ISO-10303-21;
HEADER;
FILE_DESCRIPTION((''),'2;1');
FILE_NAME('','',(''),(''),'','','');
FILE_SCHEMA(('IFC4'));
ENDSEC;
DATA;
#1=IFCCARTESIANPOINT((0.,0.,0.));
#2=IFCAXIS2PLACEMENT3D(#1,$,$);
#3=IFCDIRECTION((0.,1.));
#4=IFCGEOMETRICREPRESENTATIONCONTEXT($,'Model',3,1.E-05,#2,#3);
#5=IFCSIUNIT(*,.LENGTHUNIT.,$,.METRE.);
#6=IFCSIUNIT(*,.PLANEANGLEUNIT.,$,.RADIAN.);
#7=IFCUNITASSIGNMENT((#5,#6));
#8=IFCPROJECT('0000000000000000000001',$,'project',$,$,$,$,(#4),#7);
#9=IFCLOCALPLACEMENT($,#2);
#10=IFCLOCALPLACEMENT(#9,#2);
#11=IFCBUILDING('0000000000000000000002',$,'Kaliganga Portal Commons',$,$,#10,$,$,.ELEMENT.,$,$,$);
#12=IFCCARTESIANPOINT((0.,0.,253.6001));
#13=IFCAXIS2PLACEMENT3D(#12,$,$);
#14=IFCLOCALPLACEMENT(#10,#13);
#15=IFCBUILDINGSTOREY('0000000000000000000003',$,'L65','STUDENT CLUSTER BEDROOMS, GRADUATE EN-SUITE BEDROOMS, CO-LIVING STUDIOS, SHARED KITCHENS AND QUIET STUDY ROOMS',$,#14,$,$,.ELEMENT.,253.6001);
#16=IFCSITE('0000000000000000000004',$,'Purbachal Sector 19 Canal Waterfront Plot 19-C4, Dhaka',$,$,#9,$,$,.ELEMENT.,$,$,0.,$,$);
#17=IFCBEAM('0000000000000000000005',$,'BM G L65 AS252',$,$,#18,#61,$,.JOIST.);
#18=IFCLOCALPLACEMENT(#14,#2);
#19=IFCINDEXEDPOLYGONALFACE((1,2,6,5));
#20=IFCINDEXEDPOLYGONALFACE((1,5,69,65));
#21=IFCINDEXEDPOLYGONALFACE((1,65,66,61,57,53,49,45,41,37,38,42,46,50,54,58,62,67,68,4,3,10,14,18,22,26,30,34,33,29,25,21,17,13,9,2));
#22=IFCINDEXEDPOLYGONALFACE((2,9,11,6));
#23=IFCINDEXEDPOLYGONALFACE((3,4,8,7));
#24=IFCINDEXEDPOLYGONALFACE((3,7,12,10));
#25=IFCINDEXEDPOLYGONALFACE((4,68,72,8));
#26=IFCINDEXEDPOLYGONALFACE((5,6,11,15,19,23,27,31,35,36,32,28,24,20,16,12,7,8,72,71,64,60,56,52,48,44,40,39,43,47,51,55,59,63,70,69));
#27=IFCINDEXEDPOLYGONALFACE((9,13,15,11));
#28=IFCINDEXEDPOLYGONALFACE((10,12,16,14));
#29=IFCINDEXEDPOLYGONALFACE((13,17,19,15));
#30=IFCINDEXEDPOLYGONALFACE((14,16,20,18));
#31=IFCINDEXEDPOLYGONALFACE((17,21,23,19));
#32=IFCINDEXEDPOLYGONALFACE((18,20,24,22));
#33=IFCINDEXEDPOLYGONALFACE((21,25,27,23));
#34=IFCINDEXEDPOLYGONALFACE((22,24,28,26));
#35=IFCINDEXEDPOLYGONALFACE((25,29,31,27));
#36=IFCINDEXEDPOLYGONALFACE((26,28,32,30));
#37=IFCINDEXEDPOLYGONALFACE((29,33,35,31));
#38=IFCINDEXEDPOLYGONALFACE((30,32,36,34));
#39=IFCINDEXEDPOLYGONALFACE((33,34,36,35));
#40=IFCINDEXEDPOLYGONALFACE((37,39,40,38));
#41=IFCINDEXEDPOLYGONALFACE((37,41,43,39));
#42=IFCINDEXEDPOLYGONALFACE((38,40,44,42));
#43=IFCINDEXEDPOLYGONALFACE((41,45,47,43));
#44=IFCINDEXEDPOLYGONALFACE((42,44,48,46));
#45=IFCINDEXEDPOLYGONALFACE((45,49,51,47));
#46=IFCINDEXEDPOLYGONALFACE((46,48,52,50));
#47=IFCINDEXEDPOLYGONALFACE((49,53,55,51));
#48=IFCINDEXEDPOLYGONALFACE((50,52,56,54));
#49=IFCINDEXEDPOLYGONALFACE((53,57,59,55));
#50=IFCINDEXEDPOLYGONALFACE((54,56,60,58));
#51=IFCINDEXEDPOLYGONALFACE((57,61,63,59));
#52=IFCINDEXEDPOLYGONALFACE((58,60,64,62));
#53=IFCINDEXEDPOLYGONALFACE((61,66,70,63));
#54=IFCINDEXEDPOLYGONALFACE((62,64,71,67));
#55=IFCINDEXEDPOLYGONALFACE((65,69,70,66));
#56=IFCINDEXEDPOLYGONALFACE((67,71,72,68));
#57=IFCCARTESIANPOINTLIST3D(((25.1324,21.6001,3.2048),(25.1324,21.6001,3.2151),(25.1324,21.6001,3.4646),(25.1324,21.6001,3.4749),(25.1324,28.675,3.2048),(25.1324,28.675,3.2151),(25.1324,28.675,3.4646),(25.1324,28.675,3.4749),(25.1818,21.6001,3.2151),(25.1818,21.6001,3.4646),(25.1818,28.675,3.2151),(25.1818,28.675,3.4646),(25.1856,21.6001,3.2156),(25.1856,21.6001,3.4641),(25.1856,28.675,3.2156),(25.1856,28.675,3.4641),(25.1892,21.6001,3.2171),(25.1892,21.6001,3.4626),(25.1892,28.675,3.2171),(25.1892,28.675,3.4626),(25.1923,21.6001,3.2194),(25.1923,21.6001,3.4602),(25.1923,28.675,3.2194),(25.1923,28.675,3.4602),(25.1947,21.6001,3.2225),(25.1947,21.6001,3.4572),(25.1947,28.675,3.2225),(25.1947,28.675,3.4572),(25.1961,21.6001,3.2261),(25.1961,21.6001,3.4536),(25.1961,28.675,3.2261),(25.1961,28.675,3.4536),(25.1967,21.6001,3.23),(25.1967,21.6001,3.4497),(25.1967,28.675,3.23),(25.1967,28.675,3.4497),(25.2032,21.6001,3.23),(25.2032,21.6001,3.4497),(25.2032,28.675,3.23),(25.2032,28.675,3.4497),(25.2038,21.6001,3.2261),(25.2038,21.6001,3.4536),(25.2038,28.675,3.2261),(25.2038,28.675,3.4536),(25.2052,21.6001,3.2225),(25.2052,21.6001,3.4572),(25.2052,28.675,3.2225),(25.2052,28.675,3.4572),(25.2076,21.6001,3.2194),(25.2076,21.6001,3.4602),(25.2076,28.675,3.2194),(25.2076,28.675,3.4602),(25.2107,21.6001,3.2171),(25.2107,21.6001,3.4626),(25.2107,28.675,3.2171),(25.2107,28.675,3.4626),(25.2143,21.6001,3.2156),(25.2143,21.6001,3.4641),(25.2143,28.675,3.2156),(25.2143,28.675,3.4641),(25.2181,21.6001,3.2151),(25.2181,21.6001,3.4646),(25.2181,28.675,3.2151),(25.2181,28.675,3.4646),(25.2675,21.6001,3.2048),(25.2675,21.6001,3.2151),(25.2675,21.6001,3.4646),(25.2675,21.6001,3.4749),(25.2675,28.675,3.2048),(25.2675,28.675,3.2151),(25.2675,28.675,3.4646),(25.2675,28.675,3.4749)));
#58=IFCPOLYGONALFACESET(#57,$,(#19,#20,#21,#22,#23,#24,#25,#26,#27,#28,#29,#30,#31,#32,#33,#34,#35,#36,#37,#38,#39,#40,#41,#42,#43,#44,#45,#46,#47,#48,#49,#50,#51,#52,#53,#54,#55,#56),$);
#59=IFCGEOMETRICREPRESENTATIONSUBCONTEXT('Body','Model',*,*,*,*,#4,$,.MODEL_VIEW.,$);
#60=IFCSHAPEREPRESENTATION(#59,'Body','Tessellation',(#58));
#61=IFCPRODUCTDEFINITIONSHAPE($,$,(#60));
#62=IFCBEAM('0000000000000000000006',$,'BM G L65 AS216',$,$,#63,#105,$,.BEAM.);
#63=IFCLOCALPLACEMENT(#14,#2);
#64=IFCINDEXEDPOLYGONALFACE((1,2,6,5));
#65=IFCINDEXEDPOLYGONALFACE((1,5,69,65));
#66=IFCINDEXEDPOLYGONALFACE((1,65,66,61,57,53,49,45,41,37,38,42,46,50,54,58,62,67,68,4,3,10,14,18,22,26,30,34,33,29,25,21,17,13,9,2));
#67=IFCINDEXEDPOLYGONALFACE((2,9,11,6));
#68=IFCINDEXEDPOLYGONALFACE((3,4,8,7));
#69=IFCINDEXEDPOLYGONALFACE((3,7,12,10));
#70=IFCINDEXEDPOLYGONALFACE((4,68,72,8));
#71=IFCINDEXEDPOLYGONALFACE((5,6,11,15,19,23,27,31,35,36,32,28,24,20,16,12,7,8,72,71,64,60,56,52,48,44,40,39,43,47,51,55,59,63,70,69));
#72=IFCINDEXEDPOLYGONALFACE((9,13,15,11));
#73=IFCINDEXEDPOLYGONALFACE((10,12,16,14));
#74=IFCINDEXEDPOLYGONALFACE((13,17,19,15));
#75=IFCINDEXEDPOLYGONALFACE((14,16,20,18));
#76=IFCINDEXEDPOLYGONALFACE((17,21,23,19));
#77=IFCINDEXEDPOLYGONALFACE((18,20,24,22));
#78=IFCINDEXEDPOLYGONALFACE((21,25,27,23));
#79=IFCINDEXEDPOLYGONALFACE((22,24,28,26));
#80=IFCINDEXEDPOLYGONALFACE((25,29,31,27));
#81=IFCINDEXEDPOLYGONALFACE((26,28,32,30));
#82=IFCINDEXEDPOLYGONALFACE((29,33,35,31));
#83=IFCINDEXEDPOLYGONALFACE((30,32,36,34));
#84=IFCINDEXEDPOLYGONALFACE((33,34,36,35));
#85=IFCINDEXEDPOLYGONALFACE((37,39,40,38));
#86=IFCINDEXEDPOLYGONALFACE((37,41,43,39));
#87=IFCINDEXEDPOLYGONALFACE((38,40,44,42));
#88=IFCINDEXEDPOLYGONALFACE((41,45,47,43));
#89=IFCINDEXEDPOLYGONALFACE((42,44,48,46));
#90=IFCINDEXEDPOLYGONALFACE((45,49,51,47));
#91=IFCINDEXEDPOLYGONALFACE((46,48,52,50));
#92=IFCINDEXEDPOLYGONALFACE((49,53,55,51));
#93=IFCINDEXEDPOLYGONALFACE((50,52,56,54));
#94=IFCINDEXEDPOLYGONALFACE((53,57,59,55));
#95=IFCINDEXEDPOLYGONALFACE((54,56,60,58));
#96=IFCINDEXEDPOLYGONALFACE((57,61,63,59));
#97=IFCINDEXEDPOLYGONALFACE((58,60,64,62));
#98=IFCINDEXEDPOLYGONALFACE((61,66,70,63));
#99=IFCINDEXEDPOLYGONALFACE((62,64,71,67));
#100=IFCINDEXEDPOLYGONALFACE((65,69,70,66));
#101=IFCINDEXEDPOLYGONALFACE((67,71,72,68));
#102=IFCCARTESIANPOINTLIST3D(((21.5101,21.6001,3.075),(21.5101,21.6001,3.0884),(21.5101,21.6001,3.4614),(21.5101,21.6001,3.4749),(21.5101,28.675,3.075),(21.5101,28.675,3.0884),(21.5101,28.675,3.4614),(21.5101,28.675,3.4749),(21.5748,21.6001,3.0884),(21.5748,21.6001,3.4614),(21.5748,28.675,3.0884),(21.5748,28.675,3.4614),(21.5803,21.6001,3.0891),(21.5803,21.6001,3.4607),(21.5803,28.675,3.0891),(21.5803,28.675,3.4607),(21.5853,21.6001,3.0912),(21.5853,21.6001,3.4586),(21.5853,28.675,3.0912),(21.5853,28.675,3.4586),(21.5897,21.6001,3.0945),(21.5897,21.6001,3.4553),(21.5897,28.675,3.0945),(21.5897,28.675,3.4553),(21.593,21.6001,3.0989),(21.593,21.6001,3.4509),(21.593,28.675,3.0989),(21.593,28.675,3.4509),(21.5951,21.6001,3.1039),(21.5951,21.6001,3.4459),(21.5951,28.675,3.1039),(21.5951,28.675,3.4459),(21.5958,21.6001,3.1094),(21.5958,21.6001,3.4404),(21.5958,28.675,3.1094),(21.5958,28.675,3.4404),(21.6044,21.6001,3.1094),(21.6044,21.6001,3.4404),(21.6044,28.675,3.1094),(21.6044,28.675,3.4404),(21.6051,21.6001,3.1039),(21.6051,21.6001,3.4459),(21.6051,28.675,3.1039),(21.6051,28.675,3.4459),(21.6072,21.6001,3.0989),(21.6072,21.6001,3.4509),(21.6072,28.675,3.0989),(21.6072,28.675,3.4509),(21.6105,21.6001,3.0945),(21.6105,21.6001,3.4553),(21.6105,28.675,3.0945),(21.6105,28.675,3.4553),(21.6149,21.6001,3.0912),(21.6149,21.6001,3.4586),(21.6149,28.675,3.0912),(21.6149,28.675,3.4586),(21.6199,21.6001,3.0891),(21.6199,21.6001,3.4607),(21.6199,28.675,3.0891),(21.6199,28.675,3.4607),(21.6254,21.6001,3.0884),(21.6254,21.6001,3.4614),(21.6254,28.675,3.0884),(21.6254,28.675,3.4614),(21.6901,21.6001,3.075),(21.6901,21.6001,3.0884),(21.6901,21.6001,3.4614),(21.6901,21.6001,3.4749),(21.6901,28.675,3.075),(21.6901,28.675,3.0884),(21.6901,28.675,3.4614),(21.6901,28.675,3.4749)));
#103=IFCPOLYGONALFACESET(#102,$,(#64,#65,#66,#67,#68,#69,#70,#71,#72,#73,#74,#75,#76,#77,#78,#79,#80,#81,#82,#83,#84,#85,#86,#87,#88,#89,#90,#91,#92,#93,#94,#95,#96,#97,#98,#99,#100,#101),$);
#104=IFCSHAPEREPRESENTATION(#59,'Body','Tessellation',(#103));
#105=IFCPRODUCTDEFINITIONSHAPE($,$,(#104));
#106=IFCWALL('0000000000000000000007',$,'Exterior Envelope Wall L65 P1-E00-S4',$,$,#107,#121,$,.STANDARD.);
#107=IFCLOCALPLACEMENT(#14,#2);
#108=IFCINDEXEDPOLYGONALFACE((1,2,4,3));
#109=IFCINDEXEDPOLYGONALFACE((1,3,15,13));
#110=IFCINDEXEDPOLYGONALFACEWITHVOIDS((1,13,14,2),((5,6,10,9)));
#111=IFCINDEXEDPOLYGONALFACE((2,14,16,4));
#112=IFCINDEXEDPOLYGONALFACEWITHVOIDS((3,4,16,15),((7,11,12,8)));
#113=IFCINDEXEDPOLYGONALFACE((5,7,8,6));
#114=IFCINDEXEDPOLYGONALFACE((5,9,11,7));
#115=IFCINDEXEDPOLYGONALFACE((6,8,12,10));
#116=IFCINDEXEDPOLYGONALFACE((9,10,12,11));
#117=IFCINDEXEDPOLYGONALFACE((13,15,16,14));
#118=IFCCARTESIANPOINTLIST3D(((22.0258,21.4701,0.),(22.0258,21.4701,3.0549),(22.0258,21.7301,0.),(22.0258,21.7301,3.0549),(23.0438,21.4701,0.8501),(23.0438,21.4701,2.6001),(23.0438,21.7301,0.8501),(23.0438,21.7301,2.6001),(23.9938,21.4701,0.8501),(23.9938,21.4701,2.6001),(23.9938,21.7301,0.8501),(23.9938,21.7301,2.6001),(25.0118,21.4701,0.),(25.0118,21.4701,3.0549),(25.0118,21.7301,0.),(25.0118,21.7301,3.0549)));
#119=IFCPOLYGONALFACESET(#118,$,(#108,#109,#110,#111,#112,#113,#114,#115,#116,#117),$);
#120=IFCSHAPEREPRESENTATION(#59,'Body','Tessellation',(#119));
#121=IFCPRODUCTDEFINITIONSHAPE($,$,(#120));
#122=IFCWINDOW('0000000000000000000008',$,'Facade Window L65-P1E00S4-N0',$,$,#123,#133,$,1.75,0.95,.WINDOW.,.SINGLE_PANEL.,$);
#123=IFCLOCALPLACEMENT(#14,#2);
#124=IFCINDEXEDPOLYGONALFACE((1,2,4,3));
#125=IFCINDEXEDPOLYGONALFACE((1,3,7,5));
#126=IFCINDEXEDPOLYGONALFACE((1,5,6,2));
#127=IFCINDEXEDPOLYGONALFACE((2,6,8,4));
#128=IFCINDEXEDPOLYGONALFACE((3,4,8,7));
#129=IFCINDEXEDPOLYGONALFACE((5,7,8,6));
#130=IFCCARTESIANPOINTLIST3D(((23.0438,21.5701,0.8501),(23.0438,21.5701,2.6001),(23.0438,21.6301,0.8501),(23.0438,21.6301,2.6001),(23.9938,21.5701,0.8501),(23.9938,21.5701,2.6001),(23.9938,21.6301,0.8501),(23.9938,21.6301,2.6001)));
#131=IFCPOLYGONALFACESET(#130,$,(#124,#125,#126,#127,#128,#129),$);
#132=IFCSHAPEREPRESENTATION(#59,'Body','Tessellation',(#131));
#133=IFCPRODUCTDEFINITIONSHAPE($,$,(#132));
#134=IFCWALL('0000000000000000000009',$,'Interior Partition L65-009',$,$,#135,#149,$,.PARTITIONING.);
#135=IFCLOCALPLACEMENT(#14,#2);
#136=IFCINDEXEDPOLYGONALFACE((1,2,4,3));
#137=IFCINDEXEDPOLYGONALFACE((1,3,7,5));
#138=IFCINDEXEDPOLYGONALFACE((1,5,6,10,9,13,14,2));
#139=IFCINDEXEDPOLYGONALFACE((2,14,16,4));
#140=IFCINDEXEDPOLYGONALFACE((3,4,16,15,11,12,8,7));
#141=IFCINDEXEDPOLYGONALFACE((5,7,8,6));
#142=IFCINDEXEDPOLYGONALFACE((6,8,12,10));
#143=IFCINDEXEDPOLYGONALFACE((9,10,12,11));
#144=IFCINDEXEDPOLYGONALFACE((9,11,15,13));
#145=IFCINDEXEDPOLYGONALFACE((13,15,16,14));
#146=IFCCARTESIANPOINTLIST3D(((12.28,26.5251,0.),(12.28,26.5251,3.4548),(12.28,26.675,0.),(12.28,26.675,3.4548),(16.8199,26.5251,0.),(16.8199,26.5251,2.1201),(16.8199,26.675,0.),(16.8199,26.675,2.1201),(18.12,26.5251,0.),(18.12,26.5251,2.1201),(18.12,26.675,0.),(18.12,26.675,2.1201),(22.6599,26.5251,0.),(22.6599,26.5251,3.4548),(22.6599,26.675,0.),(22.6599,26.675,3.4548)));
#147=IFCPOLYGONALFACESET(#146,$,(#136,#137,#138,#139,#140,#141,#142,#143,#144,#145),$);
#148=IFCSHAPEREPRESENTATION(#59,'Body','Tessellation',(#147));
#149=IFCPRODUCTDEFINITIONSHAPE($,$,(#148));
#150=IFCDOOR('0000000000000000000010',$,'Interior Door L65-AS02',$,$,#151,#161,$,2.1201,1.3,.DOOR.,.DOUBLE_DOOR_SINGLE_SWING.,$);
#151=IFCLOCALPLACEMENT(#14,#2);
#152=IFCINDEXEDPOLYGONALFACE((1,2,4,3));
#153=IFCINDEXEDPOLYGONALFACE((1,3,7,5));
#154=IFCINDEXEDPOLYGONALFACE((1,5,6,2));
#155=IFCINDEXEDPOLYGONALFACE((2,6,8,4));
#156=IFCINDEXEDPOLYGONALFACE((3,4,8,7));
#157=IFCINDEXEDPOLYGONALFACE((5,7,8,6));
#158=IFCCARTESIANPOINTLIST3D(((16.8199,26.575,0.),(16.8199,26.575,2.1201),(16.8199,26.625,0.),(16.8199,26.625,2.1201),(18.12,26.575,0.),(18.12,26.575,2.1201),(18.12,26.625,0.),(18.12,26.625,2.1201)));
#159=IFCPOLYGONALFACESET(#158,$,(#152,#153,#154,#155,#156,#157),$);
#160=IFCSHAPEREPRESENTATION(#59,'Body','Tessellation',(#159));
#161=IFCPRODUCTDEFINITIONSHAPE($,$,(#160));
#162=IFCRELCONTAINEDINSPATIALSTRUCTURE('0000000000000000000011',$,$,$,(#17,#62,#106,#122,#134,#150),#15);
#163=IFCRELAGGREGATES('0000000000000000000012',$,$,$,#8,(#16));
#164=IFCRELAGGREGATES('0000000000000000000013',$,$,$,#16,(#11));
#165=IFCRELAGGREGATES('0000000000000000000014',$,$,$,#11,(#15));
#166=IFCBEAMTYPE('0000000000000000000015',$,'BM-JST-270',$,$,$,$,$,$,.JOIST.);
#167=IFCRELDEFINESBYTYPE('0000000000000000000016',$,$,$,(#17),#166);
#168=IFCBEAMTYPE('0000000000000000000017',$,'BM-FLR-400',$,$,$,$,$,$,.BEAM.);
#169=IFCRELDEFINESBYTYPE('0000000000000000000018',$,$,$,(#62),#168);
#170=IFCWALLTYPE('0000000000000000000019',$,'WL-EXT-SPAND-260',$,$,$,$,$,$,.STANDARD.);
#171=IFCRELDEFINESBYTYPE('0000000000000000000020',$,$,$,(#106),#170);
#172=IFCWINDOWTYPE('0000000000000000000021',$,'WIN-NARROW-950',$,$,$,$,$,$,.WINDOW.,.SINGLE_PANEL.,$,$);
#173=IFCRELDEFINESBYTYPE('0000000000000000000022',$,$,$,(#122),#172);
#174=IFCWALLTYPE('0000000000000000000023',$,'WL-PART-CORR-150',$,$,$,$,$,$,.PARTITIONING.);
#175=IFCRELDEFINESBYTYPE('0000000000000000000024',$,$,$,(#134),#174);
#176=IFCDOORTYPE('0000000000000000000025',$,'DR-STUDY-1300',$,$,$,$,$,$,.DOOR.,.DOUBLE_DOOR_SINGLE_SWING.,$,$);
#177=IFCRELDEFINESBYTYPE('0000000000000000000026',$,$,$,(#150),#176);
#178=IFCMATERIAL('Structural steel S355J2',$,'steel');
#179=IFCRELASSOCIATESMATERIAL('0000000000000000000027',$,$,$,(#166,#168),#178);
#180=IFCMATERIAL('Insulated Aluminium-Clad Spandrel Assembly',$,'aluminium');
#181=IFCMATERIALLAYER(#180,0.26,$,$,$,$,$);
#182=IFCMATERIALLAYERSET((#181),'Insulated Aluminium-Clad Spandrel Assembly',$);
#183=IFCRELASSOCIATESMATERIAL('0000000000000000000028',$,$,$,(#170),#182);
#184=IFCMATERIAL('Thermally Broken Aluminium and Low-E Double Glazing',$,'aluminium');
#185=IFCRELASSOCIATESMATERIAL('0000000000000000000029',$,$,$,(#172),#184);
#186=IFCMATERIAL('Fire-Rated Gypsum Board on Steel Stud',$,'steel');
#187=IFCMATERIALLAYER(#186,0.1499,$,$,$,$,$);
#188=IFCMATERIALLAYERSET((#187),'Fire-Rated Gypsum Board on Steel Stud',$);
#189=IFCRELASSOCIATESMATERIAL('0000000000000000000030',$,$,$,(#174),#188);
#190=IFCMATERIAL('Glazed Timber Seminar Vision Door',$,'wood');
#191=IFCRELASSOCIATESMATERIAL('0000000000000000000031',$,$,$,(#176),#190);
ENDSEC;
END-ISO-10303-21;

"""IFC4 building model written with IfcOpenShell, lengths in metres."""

from ifc_helpers import new_model, si_unit, direction, frame, frame_2d, origin, origin_2d, place, context, subcontext, project, spatial, rectangle, i_section, extrude, source, transform, mapped, material, layer, layer_set, material_profile, profile_set, type_object, element, fill, save


model = new_model("IFC4")

# Units and contexts
model_context = context("Model", 3, precision=1e-05, world=origin(), true_north=direction((0.0, 1.0)))
body_context = subcontext(model_context, "Body", "Model", "MODEL_VIEW")
ifc_project = project(units=[si_unit("LENGTHUNIT", "METRE"), si_unit("PLANEANGLEUNIT", "RADIAN")], contexts=[model_context])

# Site, building, storey
site_placement = place(None, origin())
site = spatial("IfcSite", under=ifc_project, at=site_placement, Name="Purbachal Sector 19 Canal Waterfront Plot 19-C4, Dhaka", CompositionType="ELEMENT", RefElevation=0.0)
building_placement = place(site_placement, origin())
building = spatial("IfcBuilding", under=site, at=building_placement, Name="Kaliganga Portal Commons", CompositionType="ELEMENT")
storey_placement = place(building_placement, frame((0.0, 0.0, 253.6001)))
storey = spatial("IfcBuildingStorey", under=building, at=storey_placement, Name="L65", Description="STUDENT CLUSTER BEDROOMS, GRADUATE EN-SUITE BEDROOMS, CO-LIVING STUDIOS, SHARED KITCHENS AND QUIET STUDY ROOMS", CompositionType="ELEMENT", Elevation=253.6001)

# Shared definitions
ifc_material_1 = material(Name="Structural steel S355J2", Category="steel")

# Beams
ifc_material_profile_1 = material_profile(ifc_material_1, i_section(OverallWidth=0.135, OverallDepth=0.27, WebThickness=0.0066, FlangeThickness=0.0103, FilletRadius=0.0149, at=origin_2d()), Name="IPE 270")
ifc_profile_set_1 = profile_set([ifc_material_profile_1], Name="Structural steel S355J2 wide-flange")
beam_type_1 = type_object("IfcBeamType", Name="BM-JST-270", PredefinedType="JOIST", material=ifc_profile_set_1)
shared_shape_1 = source(origin(), body_context, "Body", "SweptSolid", [
    extrude(i_section(OverallWidth=0.135, OverallDepth=0.27, WebThickness=0.0066, FlangeThickness=0.0103, FilletRadius=0.0149, at=origin_2d()), origin(), (0.0, 0.0, 1.0), 7.075),
])
beam_1_placement = place(storey_placement, frame((25.2, 21.6001, 3.3398), z_axis=(0.0, 1.0, 0.0), x_axis=(-1.0, 0.0, 0.0)))
element("IfcBeam", 1, at=beam_1_placement, inside=storey, type_object=beam_type_1, Name="BM G L65 AS252", PredefinedType="JOIST", context=body_context, shape_type="MappedRepresentation", body=[
    mapped(shared_shape_1, transform((0.0, 0.0, 0.0), x_axis=(1.0, 0.0, 0.0), y_axis=(0.0, 1.0, 0.0), z_axis=(0.0, 0.0, 1.0), scale=1.0)),
])
ifc_material_profile_2 = material_profile(ifc_material_1, i_section(OverallWidth=0.1799, OverallDepth=0.3999, WebThickness=0.0085, FlangeThickness=0.0134, FilletRadius=0.021, at=origin_2d()), Name="IPE 400")
ifc_profile_set_2 = profile_set([ifc_material_profile_2], Name="Structural steel S355J2 wide-flange")
beam_type_2 = type_object("IfcBeamType", Name="BM-FLR-400", PredefinedType="BEAM", material=ifc_profile_set_2)
shared_shape_2 = source(origin(), body_context, "Body", "SweptSolid", [
    extrude(i_section(OverallWidth=0.1799, OverallDepth=0.3999, WebThickness=0.0085, FlangeThickness=0.0134, FilletRadius=0.021, at=origin_2d()), origin(), (0.0, 0.0, 1.0), 7.075),
])
beam_2_placement = place(storey_placement, frame((21.6001, 21.6001, 3.2749), z_axis=(0.0, 1.0, 0.0), x_axis=(-1.0, 0.0, 0.0)))
element("IfcBeam", 2, at=beam_2_placement, inside=storey, type_object=beam_type_2, Name="BM G L65 AS216", PredefinedType="BEAM", context=body_context, shape_type="MappedRepresentation", body=[
    mapped(shared_shape_2, transform((0.0, 0.0, 0.0), x_axis=(1.0, 0.0, 0.0), y_axis=(0.0, 1.0, 0.0), z_axis=(0.0, 0.0, 1.0), scale=1.0)),
])

# Wall, opening, window
ifc_material_2 = material(Name="Insulated Aluminium-Clad Spandrel Assembly", Category="aluminium")
ifc_layer_1 = layer(ifc_material_2, 0.26)
ifc_layer_set_1 = layer_set([ifc_layer_1], Name="Insulated Aluminium-Clad Spandrel Assembly")
wall_type_1 = type_object("IfcWallType", Name="WL-EXT-SPAND-260", PredefinedType="STANDARD", material=ifc_layer_set_1)
wall_1_placement = place(storey_placement, frame((25.012, 21.6001, 0.0), z_axis=(0.0, 0.0, 1.0), x_axis=(-1.0, 0.0, 0.0)))
wall_1 = element("IfcWall", 3, at=wall_1_placement, inside=storey, type_object=wall_type_1, Name="Exterior Envelope Wall L65 P1-E00-S4", PredefinedType="STANDARD", context=body_context, shape_type="SweptSolid", body=[
    extrude(rectangle(XDim=2.9861, YDim=0.26, at=frame_2d((1.4932, 0.0))), origin(), (0.0, 0.0, 1.0), 3.0549),
])
opening_1_placement = place(wall_1_placement, frame((1.0181, 0.0, 0.8501)))
opening_1 = element("IfcOpeningElement", 4, at=opening_1_placement, cuts=wall_1, PredefinedType="OPENING", context=body_context, shape_type="SweptSolid", body=[
    extrude(rectangle(XDim=0.95, YDim=1.75, at=frame_2d((0.4751, 0.875))), frame((0.0, 0.1401, 0.0), z_axis=(0.0, -1.0, 0.0), x_axis=(1.0, 0.0, 0.0)), (0.0, 0.0, 1.0), 0.28),
])
ifc_material_3 = material(Name="Thermally Broken Aluminium and Low-E Double Glazing", Category="aluminium")
window_type = type_object("IfcWindowType", Name="WIN-NARROW-950", PartitioningType="SINGLE_PANEL", PredefinedType="WINDOW", material=ifc_material_3)
window_placement = place(opening_1_placement, origin())
window = element("IfcWindow", 5, at=window_placement, inside=storey, type_object=window_type, Name="Facade Window L65-P1E00S4-N0", OverallHeight=1.75, OverallWidth=0.95, PartitioningType="SINGLE_PANEL", PredefinedType="WINDOW", context=body_context, shape_type="SweptSolid", body=[
    extrude(rectangle(XDim=0.95, YDim=1.75, at=frame_2d((0.4751, 0.875))), frame((0.0, 0.03, 0.0), z_axis=(0.0, -1.0, 0.0), x_axis=(1.0, 0.0, 0.0)), (0.0, 0.0, 1.0), 0.0601),
])
fill(opening_1, window)

# Wall, opening, door
ifc_material_4 = material(Name="Fire-Rated Gypsum Board on Steel Stud", Category="steel")
ifc_layer_2 = layer(ifc_material_4, 0.1499)
ifc_layer_set_2 = layer_set([ifc_layer_2], Name="Fire-Rated Gypsum Board on Steel Stud")
wall_type_2 = type_object("IfcWallType", Name="WL-PART-CORR-150", PredefinedType="PARTITIONING", material=ifc_layer_set_2)
wall_2_placement = place(storey_placement, frame((12.28, 26.6001, 0.0), z_axis=(0.0, 0.0, 1.0), x_axis=(1.0, 0.0, 0.0)))
wall_2 = element("IfcWall", 6, at=wall_2_placement, inside=storey, type_object=wall_type_2, Name="Interior Partition L65-009", PredefinedType="PARTITIONING", context=body_context, shape_type="SweptSolid", body=[
    extrude(rectangle(XDim=10.3799, YDim=0.1499, at=frame_2d((5.1899, 0.0))), origin(), (0.0, 0.0, 1.0), 3.4548),
])
opening_2_placement = place(wall_2_placement, frame((4.54, 0.0, 0.0)))
opening_2 = element("IfcOpeningElement", 7, at=opening_2_placement, cuts=wall_2, PredefinedType="OPENING", context=body_context, shape_type="SweptSolid", body=[
    extrude(rectangle(XDim=1.3, YDim=2.1201, at=frame_2d((0.6499, 1.0601))), frame((0.0, 0.085, 0.0), z_axis=(0.0, -1.0, 0.0), x_axis=(1.0, 0.0, 0.0)), (0.0, 0.0, 1.0), 0.1699),
])
ifc_material_5 = material(Name="Glazed Timber Seminar Vision Door", Category="wood")
door_type_1 = type_object("IfcDoorType", Name="DR-STUDY-1300", OperationType="DOUBLE_DOOR_SINGLE_SWING", PredefinedType="DOOR", material=ifc_material_5)
door_1_placement = place(opening_2_placement, origin())
door_1 = element("IfcDoor", 8, at=door_1_placement, inside=storey, type_object=door_type_1, Name="Interior Door L65-AS02", OperationType="DOUBLE_DOOR_SINGLE_SWING", OverallHeight=2.1201, OverallWidth=1.3, PredefinedType="DOOR", context=body_context, shape_type="SweptSolid", body=[
    extrude(rectangle(XDim=1.3, YDim=2.1201, at=frame_2d((0.6499, 1.0601))), frame((0.0, 0.0249, 0.0), z_axis=(0.0, -1.0, 0.0), x_axis=(1.0, 0.0, 0.0)), (0.0, 0.0, 1.0), 0.05),
])
fill(opening_2, door_1)

save(model, "model.ifc")
